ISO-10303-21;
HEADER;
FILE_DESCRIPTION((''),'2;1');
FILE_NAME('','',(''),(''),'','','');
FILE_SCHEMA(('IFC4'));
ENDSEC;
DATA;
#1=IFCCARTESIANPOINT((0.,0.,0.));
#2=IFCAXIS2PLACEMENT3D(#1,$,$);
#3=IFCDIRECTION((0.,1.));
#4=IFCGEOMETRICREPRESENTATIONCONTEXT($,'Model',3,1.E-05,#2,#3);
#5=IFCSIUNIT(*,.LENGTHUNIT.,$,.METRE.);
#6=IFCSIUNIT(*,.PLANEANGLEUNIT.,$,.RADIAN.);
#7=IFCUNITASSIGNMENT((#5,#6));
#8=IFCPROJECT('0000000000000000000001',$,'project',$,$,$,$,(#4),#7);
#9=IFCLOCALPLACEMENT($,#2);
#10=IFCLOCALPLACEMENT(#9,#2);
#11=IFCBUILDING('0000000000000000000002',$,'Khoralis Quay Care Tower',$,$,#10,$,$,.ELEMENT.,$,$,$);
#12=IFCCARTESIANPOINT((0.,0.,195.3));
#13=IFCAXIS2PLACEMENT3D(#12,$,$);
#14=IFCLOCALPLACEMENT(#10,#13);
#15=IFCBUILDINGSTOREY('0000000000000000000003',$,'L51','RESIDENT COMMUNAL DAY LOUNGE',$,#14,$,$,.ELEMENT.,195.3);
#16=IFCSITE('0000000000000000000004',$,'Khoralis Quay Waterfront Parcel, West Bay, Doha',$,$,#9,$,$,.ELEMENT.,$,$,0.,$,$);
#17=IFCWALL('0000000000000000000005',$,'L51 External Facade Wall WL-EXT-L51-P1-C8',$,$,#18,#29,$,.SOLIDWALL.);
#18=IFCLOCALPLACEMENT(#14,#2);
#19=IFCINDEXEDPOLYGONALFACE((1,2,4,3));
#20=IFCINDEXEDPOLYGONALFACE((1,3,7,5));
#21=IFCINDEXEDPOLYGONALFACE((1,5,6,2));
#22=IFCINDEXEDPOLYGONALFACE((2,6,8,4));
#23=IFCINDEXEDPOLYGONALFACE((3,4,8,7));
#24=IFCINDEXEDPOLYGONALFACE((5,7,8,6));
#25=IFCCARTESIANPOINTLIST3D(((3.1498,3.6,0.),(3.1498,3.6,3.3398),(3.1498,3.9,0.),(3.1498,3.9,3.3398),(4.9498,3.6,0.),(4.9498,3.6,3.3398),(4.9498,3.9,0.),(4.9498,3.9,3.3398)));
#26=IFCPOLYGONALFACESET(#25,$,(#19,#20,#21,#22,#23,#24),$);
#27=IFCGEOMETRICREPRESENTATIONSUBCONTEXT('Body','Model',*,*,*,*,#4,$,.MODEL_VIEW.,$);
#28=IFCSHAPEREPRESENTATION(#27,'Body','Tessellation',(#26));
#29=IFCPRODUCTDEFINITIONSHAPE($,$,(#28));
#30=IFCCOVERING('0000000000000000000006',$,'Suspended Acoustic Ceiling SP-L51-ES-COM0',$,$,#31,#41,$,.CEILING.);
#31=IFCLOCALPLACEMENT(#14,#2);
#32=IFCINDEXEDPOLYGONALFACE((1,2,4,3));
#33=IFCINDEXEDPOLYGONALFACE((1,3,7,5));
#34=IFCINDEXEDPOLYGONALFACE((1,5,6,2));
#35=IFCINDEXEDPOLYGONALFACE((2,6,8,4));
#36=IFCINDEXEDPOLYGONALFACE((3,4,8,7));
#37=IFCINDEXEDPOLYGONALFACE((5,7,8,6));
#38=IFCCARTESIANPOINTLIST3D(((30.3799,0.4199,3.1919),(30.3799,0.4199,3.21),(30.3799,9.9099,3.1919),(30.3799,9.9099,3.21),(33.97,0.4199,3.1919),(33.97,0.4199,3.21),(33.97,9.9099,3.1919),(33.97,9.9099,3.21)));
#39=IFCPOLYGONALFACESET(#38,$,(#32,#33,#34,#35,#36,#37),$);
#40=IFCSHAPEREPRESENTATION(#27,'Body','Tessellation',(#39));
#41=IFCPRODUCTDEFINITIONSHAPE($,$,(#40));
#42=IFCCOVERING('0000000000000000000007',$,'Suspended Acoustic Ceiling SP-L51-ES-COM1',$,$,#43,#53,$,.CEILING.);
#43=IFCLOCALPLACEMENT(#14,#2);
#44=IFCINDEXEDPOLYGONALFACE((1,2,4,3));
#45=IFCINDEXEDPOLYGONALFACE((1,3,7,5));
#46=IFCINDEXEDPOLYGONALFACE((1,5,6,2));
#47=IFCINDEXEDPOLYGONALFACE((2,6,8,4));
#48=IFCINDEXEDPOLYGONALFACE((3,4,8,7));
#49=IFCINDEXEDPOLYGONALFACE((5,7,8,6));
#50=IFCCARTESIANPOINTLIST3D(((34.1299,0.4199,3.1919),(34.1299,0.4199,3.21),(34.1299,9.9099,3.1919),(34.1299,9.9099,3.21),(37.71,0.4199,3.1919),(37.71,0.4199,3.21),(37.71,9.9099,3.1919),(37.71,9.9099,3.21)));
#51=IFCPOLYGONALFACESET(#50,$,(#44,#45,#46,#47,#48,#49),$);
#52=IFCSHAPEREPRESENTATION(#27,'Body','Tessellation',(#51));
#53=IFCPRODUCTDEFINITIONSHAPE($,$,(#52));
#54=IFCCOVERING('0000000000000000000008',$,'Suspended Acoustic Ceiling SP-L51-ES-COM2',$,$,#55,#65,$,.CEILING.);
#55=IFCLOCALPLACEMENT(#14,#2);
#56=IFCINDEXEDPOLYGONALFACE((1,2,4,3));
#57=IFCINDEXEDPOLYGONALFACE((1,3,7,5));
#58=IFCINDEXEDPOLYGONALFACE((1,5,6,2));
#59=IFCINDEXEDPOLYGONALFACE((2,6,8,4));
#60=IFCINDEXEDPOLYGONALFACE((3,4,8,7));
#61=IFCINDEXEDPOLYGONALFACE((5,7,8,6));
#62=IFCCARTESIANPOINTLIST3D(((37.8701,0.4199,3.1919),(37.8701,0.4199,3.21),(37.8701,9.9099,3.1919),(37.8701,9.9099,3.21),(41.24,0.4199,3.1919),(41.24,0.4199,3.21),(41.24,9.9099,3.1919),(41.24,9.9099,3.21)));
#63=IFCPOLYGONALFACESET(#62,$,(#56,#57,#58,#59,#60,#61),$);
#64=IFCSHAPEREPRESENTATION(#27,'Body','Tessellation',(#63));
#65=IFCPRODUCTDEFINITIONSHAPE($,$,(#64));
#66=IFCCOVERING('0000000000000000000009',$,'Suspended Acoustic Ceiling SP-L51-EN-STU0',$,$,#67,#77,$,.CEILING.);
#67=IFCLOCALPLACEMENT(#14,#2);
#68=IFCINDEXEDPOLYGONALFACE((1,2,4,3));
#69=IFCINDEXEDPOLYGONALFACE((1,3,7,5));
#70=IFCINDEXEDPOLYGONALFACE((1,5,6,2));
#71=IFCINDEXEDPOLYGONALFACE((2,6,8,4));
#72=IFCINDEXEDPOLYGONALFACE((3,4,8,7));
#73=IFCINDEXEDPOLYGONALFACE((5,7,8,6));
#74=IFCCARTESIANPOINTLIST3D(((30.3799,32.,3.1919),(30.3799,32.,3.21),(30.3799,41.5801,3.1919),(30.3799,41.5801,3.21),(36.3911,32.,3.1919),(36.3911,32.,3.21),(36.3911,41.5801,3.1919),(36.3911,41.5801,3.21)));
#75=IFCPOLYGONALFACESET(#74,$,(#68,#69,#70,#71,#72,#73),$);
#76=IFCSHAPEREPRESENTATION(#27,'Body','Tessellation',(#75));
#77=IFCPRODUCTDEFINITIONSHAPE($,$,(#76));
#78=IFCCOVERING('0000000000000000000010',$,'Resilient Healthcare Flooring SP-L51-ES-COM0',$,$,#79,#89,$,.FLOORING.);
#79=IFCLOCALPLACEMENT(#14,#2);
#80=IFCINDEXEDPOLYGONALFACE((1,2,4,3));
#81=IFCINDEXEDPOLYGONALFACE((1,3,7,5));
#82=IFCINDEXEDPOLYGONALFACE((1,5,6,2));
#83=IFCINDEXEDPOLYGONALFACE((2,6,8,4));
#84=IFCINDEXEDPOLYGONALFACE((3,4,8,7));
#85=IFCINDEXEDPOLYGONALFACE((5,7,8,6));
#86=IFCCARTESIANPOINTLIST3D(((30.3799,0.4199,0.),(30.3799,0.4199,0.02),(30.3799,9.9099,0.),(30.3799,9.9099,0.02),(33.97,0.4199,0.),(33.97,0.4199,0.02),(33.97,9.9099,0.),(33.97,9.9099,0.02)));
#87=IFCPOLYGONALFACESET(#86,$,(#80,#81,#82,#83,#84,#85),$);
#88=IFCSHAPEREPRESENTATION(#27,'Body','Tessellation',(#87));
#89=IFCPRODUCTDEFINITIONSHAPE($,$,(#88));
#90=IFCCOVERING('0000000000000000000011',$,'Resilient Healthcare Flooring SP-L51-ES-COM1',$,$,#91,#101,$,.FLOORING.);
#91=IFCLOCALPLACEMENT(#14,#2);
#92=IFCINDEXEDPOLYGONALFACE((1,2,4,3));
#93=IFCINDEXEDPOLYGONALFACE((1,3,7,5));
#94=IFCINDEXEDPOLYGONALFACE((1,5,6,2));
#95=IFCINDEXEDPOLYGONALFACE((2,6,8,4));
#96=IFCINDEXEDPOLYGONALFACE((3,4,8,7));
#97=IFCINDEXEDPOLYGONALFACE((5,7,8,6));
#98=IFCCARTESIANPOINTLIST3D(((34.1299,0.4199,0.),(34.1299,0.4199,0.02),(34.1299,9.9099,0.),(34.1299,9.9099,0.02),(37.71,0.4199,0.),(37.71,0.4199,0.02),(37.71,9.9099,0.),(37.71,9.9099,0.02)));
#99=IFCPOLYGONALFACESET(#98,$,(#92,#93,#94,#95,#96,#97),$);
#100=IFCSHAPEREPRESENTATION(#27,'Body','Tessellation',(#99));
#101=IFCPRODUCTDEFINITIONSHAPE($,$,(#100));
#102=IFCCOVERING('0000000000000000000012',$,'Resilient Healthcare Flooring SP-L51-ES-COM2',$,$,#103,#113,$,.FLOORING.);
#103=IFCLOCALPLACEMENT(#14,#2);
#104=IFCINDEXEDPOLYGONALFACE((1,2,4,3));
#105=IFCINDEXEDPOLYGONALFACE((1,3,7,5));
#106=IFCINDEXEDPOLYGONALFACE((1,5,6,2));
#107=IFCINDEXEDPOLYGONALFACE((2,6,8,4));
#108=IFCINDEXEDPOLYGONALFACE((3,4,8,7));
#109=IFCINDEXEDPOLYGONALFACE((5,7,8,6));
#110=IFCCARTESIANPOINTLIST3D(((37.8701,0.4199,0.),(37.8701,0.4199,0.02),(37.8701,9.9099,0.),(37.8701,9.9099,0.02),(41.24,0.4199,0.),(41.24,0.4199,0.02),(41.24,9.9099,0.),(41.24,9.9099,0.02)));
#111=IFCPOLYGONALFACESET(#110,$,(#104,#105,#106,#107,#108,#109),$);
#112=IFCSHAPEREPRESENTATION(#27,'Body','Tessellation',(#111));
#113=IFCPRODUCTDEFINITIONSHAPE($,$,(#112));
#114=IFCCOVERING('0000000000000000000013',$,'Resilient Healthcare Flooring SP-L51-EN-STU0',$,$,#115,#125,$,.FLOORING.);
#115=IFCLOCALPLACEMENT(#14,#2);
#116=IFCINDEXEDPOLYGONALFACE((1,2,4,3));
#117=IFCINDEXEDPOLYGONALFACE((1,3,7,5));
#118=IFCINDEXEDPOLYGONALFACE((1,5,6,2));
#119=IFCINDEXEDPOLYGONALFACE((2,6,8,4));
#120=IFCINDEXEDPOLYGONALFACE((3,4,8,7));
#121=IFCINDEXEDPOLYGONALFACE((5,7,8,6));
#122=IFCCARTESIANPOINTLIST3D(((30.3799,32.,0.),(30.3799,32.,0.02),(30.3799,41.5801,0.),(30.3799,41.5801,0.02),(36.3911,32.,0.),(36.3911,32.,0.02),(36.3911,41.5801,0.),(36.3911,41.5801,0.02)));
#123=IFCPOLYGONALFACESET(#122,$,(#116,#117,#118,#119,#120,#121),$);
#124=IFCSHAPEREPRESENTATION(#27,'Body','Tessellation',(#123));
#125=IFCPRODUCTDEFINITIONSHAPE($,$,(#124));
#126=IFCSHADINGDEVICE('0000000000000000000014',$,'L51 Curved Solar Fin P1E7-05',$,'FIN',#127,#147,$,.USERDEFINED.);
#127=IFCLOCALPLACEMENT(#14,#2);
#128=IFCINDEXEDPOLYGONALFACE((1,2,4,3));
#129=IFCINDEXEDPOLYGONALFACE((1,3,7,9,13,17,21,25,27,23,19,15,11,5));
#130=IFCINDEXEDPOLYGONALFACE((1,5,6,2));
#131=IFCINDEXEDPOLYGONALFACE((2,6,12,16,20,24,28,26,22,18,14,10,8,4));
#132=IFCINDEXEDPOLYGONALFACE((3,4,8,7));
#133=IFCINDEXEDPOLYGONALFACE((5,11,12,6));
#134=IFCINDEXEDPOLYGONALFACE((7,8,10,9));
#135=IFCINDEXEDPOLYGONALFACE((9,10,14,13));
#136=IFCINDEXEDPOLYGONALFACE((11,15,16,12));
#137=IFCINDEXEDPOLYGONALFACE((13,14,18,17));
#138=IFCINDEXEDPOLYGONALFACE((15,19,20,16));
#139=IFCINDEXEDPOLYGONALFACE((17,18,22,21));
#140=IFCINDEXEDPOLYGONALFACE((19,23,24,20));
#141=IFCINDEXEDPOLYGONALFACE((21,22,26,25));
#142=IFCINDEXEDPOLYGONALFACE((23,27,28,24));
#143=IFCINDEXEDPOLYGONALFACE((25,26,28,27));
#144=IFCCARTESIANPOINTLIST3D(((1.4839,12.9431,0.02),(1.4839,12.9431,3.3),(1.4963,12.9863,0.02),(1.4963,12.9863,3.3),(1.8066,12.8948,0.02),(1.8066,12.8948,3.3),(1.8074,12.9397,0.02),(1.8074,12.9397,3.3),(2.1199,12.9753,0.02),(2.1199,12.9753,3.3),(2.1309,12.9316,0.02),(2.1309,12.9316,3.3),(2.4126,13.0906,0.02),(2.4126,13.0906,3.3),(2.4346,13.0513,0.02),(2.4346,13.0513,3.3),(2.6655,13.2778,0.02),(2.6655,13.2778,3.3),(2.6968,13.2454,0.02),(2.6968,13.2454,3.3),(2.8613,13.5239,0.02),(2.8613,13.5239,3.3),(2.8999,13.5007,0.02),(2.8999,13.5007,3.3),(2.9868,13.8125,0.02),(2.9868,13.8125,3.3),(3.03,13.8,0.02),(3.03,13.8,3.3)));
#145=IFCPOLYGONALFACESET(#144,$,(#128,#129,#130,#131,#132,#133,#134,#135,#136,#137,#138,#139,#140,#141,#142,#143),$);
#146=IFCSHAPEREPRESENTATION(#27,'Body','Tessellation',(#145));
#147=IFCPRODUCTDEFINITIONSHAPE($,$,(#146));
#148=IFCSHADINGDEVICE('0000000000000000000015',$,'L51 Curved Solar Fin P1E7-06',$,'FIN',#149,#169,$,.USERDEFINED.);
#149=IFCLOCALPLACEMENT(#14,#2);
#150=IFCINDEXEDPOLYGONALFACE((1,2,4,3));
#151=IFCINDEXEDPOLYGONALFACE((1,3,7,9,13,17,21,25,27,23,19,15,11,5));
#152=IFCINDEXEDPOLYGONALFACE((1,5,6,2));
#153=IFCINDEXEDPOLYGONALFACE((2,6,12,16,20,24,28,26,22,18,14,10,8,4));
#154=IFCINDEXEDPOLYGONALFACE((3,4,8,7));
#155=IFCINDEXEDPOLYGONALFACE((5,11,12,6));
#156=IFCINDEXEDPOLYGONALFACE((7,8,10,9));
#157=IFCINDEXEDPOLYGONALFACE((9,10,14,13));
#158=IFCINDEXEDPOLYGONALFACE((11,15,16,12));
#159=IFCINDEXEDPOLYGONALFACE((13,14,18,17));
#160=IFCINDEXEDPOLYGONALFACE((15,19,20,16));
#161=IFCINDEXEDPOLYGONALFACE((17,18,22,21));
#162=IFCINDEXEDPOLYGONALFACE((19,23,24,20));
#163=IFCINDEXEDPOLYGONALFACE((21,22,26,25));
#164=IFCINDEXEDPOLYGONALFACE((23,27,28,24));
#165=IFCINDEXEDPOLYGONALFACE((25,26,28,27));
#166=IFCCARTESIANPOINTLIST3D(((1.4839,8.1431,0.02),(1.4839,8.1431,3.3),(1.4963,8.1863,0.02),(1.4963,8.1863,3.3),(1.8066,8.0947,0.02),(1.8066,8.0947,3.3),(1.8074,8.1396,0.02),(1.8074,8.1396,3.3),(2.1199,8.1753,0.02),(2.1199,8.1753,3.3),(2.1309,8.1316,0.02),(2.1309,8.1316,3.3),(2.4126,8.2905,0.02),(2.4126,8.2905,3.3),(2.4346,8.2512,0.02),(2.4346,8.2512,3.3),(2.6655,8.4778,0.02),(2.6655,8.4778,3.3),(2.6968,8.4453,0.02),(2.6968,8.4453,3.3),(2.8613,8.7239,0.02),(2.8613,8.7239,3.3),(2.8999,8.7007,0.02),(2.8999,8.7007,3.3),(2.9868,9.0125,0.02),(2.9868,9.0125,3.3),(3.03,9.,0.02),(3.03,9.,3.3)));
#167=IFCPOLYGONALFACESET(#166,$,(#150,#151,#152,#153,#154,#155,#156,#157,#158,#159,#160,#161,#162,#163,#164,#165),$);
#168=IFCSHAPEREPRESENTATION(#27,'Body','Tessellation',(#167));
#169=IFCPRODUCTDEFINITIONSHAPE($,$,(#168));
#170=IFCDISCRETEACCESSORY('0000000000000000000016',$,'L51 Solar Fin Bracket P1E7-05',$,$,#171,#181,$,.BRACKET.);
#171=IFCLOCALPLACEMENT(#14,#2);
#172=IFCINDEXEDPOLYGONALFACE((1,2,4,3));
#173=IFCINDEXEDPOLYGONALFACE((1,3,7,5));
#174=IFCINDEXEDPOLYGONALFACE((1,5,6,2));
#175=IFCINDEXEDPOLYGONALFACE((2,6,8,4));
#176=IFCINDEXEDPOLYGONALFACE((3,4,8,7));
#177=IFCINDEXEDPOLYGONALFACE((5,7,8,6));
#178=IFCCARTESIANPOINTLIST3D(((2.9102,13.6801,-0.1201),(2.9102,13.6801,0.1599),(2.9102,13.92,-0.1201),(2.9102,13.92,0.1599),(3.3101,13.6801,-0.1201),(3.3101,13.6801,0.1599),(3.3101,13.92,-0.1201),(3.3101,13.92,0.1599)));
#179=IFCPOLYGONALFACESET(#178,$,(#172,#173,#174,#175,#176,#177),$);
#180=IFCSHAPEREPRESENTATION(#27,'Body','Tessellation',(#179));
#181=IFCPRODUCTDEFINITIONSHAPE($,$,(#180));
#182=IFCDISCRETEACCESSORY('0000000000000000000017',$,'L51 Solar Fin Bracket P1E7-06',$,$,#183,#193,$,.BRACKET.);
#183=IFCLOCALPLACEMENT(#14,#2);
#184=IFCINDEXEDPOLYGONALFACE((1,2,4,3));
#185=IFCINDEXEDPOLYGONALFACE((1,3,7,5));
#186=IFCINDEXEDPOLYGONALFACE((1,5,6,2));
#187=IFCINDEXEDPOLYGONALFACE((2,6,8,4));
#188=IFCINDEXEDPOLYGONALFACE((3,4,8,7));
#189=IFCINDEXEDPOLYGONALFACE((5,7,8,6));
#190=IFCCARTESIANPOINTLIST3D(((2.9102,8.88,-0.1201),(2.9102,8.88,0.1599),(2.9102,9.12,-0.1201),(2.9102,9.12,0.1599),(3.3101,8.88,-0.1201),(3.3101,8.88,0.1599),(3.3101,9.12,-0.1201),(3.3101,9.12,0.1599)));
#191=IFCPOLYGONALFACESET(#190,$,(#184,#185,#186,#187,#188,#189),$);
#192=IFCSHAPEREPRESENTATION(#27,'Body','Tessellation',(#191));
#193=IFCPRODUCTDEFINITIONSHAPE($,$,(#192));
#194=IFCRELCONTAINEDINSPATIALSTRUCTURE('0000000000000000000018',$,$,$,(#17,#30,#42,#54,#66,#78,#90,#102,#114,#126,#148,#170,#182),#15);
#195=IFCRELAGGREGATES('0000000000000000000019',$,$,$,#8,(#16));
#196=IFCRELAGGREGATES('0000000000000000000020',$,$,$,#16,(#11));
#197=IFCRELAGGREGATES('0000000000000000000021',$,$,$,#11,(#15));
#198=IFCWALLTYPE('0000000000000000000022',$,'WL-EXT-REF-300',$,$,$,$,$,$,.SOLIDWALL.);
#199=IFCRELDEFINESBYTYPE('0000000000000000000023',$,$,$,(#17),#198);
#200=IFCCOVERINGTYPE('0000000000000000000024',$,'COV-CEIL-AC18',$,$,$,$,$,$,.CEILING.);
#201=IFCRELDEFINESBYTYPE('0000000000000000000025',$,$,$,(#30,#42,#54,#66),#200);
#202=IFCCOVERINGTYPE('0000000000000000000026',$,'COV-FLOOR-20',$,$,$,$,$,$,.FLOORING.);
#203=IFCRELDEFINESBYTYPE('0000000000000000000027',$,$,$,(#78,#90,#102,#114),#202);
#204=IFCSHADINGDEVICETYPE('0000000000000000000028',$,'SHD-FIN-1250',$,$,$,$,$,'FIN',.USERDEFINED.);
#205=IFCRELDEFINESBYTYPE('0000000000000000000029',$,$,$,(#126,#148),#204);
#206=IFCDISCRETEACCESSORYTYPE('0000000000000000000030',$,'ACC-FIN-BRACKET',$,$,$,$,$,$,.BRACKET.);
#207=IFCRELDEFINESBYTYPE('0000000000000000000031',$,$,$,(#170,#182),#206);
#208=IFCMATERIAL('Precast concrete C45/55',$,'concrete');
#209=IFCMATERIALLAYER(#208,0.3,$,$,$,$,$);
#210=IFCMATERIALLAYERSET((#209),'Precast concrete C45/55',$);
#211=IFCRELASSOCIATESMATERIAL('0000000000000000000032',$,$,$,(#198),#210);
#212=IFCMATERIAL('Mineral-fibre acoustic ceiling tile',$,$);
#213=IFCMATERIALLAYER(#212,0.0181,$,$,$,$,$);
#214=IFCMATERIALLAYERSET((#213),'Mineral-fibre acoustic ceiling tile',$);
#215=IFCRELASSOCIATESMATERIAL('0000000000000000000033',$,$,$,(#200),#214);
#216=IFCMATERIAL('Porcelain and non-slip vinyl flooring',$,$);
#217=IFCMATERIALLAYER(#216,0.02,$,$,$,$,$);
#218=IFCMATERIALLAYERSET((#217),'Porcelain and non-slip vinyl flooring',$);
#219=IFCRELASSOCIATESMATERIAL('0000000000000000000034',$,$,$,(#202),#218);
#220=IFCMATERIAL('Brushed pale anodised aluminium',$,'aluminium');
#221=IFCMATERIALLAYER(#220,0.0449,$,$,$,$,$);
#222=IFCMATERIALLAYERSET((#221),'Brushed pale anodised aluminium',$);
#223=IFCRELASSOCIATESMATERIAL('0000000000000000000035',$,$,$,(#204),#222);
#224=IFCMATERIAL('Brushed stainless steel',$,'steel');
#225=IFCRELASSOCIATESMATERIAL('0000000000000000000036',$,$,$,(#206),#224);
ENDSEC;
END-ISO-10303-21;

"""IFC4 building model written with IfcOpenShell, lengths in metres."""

from ifc_helpers import new_model, si_unit, direction, frame, frame_2d, origin, origin_2d, place, context, subcontext, project, spatial, polyline, rectangle, outline, extrude, source, transform, mapped, material, layer, layer_set, type_object, element, save


model = new_model("IFC4")

# Units and contexts
model_context = context("Model", 3, precision=1e-05, world=origin(), true_north=direction((0.0, 1.0)))
body_context = subcontext(model_context, "Body", "Model", "MODEL_VIEW")
ifc_project = project(units=[si_unit("LENGTHUNIT", "METRE"), si_unit("PLANEANGLEUNIT", "RADIAN")], contexts=[model_context])

# Site, building, storey
site_placement = place(None, origin())
site = spatial("IfcSite", under=ifc_project, at=site_placement, Name="Khoralis Quay Waterfront Parcel, West Bay, Doha", CompositionType="ELEMENT", RefElevation=0.0)
building_placement = place(site_placement, origin())
building = spatial("IfcBuilding", under=site, at=building_placement, Name="Khoralis Quay Care Tower", CompositionType="ELEMENT")
storey_placement = place(building_placement, frame((0.0, 0.0, 195.3)))
storey = spatial("IfcBuildingStorey", under=building, at=storey_placement, Name="L51", Description="RESIDENT COMMUNAL DAY LOUNGE", CompositionType="ELEMENT", Elevation=195.3)

# Wall
ifc_material_1 = material(Name="Precast concrete C45/55", Category="concrete")
ifc_layer_1 = layer(ifc_material_1, 0.3)
ifc_layer_set_1 = layer_set([ifc_layer_1], Name="Precast concrete C45/55")
wall_type_1 = type_object("IfcWallType", Name="WL-EXT-REF-300", PredefinedType="SOLIDWALL", material=ifc_layer_set_1)
wall_1_placement = place(storey_placement, frame((3.1499, 3.75, 0.0), z_axis=(0.0, 0.0, 1.0), x_axis=(1.0, 0.0, 0.0)))
element("IfcWall", 1, at=wall_1_placement, inside=storey, type_object=wall_type_1, Name="L51 External Facade Wall WL-EXT-L51-P1-C8", PredefinedType="SOLIDWALL", context=body_context, shape_type="SweptSolid", body=[
    extrude(rectangle(XDim=1.8, YDim=0.3, at=frame_2d((0.8999, 0.0))), origin(), (0.0, 0.0, 1.0), 3.3398),
])

# Coverings
ifc_material_2 = material(Name="Mineral-fibre acoustic ceiling tile")
ifc_layer_2 = layer(ifc_material_2, 0.0181)
ifc_layer_set_2 = layer_set([ifc_layer_2], Name="Mineral-fibre acoustic ceiling tile")
covering_type_1 = type_object("IfcCoveringType", Name="COV-CEIL-AC18", PredefinedType="CEILING", material=ifc_layer_set_2)
covering_1_placement = place(storey_placement, frame((0.0, 0.0, 3.1919)))
element("IfcCovering", 2, at=covering_1_placement, inside=storey, type_object=covering_type_1, Name="Suspended Acoustic Ceiling SP-L51-ES-COM0", PredefinedType="CEILING", context=body_context, shape_type="SweptSolid", body=[
    extrude(outline(polyline([(30.3799, 0.4199), (33.97, 0.4199), (33.97, 9.9099), (30.3799, 9.9099), (30.3799, 0.4199)])), origin(), (0.0, 0.0, 1.0), 0.0181),
])
covering_2_placement = place(storey_placement, frame((0.0, 0.0, 3.1919)))
element("IfcCovering", 3, at=covering_2_placement, inside=storey, type_object=covering_type_1, Name="Suspended Acoustic Ceiling SP-L51-ES-COM1", PredefinedType="CEILING", context=body_context, shape_type="SweptSolid", body=[
    extrude(outline(polyline([(34.1299, 0.4199), (37.71, 0.4199), (37.71, 9.9099), (34.1299, 9.9099), (34.1299, 0.4199)])), origin(), (0.0, 0.0, 1.0), 0.0181),
])
covering_3_placement = place(storey_placement, frame((0.0, 0.0, 3.1919)))
element("IfcCovering", 4, at=covering_3_placement, inside=storey, type_object=covering_type_1, Name="Suspended Acoustic Ceiling SP-L51-ES-COM2", PredefinedType="CEILING", context=body_context, shape_type="SweptSolid", body=[
    extrude(outline(polyline([(37.8701, 0.4199), (41.24, 0.4199), (41.24, 9.9099), (37.8701, 9.9099), (37.8701, 0.4199)])), origin(), (0.0, 0.0, 1.0), 0.0181),
])
covering_4_placement = place(storey_placement, frame((0.0, 0.0, 3.1919)))
element("IfcCovering", 5, at=covering_4_placement, inside=storey, type_object=covering_type_1, Name="Suspended Acoustic Ceiling SP-L51-EN-STU0", PredefinedType="CEILING", context=body_context, shape_type="SweptSolid", body=[
    extrude(outline(polyline([(30.3799, 32.0), (36.3911, 32.0), (36.3911, 41.5801), (30.3799, 41.5801), (30.3799, 32.0)])), origin(), (0.0, 0.0, 1.0), 0.0181),
])
ifc_material_3 = material(Name="Porcelain and non-slip vinyl flooring")
ifc_layer_3 = layer(ifc_material_3, 0.02)
ifc_layer_set_3 = layer_set([ifc_layer_3], Name="Porcelain and non-slip vinyl flooring")
covering_type_2 = type_object("IfcCoveringType", Name="COV-FLOOR-20", PredefinedType="FLOORING", material=ifc_layer_set_3)
covering_5_placement = place(storey_placement, origin())
element("IfcCovering", 6, at=covering_5_placement, inside=storey, type_object=covering_type_2, Name="Resilient Healthcare Flooring SP-L51-ES-COM0", PredefinedType="FLOORING", context=body_context, shape_type="SweptSolid", body=[
    extrude(outline(polyline([(30.3799, 0.4199), (33.97, 0.4199), (33.97, 9.9099), (30.3799, 9.9099), (30.3799, 0.4199)])), origin(), (0.0, 0.0, 1.0), 0.02),
])
covering_6_placement = place(storey_placement, origin())
element("IfcCovering", 7, at=covering_6_placement, inside=storey, type_object=covering_type_2, Name="Resilient Healthcare Flooring SP-L51-ES-COM1", PredefinedType="FLOORING", context=body_context, shape_type="SweptSolid", body=[
    extrude(outline(polyline([(34.1299, 0.4199), (37.71, 0.4199), (37.71, 9.9099), (34.1299, 9.9099), (34.1299, 0.4199)])), origin(), (0.0, 0.0, 1.0), 0.02),
])
covering_7_placement = place(storey_placement, origin())
element("IfcCovering", 8, at=covering_7_placement, inside=storey, type_object=covering_type_2, Name="Resilient Healthcare Flooring SP-L51-ES-COM2", PredefinedType="FLOORING", context=body_context, shape_type="SweptSolid", body=[
    extrude(outline(polyline([(37.8701, 0.4199), (41.24, 0.4199), (41.24, 9.9099), (37.8701, 9.9099), (37.8701, 0.4199)])), origin(), (0.0, 0.0, 1.0), 0.02),
])
covering_8_placement = place(storey_placement, origin())
element("IfcCovering", 9, at=covering_8_placement, inside=storey, type_object=covering_type_2, Name="Resilient Healthcare Flooring SP-L51-EN-STU0", PredefinedType="FLOORING", context=body_context, shape_type="SweptSolid", body=[
    extrude(outline(polyline([(30.3799, 32.0), (36.3911, 32.0), (36.3911, 41.5801), (30.3799, 41.5801), (30.3799, 32.0)])), origin(), (0.0, 0.0, 1.0), 0.02),
])

# Shading devices
ifc_material_4 = material(Name="Brushed pale anodised aluminium", Category="aluminium")
ifc_layer_4 = layer(ifc_material_4, 0.0449)
ifc_layer_set_4 = layer_set([ifc_layer_4], Name="Brushed pale anodised aluminium")
shading_device_type = type_object("IfcShadingDeviceType", Name="SHD-FIN-1250", ElementType="FIN", PredefinedType="USERDEFINED", material=ifc_layer_set_4)
shared_shape_1 = source(origin(), body_context, "Body", "SweptSolid", [
    extrude(outline(polyline([(0.0, 0.0), (0.1301, 0.2993), (0.3333, 0.5547), (0.5955, 0.7488), (0.8992, 0.8684), (1.2234, 0.9053), (1.5461, 0.8569), (1.5337, 0.8137), (1.2227, 0.8604), (0.9102, 0.8247), (0.6174, 0.7095), (0.3645, 0.5222), (0.1687, 0.2761), (0.0432, -0.0125), (0.0, 0.0)])), origin(), (0.0, 0.0, 1.0), 3.28),
])
for number, where, z_axis, x_axis, name in (
    (10, (3.03, 13.8, 0.02), (0.0, 0.0, 1.0), (-1.0, 0.0, 0.0), "L51 Curved Solar Fin P1E7-05"),
    (11, (3.03, 9.0, 0.02), (0.0, 0.0, 1.0), (-1.0, 0.0, 0.0), "L51 Curved Solar Fin P1E7-06"),
):
    element("IfcShadingDevice", number, at=place(storey_placement, frame(where, z_axis=z_axis, x_axis=x_axis)), inside=storey, type_object=shading_device_type, Name=name, ObjectType="FIN", PredefinedType="USERDEFINED", context=body_context, shape_type="MappedRepresentation", body=[
        mapped(shared_shape_1, transform((0.0, 0.0, 0.0), scale=1.0)),
    ])

# Discrete accessories
ifc_material_5 = material(Name="Brushed stainless steel", Category="steel")
discrete_accessory_type = type_object("IfcDiscreteAccessoryType", Name="ACC-FIN-BRACKET", PredefinedType="BRACKET", material=ifc_material_5)
shared_shape_2 = source(origin(), body_context, "Body", "SweptSolid", [
    extrude(rectangle(XDim=0.3999, YDim=0.24, at=origin_2d()), origin(), (0.0, 0.0, 1.0), 0.28),
])
for number, where, z_axis, x_axis, name in (
    (12, (3.1101, 13.8, -0.1201), (0.0, 0.0, 1.0), (-1.0, 0.0, 0.0), "L51 Solar Fin Bracket P1E7-05"),
    (13, (3.1101, 9.0, -0.1201), (0.0, 0.0, 1.0), (-1.0, 0.0, 0.0), "L51 Solar Fin Bracket P1E7-06"),
):
    element("IfcDiscreteAccessory", number, at=place(storey_placement, frame(where, z_axis=z_axis, x_axis=x_axis)), inside=storey, type_object=discrete_accessory_type, Name=name, PredefinedType="BRACKET", context=body_context, shape_type="MappedRepresentation", body=[
        mapped(shared_shape_2, transform((0.0, 0.0, 0.0), scale=1.0)),
    ])

save(model, "model.ifc")
